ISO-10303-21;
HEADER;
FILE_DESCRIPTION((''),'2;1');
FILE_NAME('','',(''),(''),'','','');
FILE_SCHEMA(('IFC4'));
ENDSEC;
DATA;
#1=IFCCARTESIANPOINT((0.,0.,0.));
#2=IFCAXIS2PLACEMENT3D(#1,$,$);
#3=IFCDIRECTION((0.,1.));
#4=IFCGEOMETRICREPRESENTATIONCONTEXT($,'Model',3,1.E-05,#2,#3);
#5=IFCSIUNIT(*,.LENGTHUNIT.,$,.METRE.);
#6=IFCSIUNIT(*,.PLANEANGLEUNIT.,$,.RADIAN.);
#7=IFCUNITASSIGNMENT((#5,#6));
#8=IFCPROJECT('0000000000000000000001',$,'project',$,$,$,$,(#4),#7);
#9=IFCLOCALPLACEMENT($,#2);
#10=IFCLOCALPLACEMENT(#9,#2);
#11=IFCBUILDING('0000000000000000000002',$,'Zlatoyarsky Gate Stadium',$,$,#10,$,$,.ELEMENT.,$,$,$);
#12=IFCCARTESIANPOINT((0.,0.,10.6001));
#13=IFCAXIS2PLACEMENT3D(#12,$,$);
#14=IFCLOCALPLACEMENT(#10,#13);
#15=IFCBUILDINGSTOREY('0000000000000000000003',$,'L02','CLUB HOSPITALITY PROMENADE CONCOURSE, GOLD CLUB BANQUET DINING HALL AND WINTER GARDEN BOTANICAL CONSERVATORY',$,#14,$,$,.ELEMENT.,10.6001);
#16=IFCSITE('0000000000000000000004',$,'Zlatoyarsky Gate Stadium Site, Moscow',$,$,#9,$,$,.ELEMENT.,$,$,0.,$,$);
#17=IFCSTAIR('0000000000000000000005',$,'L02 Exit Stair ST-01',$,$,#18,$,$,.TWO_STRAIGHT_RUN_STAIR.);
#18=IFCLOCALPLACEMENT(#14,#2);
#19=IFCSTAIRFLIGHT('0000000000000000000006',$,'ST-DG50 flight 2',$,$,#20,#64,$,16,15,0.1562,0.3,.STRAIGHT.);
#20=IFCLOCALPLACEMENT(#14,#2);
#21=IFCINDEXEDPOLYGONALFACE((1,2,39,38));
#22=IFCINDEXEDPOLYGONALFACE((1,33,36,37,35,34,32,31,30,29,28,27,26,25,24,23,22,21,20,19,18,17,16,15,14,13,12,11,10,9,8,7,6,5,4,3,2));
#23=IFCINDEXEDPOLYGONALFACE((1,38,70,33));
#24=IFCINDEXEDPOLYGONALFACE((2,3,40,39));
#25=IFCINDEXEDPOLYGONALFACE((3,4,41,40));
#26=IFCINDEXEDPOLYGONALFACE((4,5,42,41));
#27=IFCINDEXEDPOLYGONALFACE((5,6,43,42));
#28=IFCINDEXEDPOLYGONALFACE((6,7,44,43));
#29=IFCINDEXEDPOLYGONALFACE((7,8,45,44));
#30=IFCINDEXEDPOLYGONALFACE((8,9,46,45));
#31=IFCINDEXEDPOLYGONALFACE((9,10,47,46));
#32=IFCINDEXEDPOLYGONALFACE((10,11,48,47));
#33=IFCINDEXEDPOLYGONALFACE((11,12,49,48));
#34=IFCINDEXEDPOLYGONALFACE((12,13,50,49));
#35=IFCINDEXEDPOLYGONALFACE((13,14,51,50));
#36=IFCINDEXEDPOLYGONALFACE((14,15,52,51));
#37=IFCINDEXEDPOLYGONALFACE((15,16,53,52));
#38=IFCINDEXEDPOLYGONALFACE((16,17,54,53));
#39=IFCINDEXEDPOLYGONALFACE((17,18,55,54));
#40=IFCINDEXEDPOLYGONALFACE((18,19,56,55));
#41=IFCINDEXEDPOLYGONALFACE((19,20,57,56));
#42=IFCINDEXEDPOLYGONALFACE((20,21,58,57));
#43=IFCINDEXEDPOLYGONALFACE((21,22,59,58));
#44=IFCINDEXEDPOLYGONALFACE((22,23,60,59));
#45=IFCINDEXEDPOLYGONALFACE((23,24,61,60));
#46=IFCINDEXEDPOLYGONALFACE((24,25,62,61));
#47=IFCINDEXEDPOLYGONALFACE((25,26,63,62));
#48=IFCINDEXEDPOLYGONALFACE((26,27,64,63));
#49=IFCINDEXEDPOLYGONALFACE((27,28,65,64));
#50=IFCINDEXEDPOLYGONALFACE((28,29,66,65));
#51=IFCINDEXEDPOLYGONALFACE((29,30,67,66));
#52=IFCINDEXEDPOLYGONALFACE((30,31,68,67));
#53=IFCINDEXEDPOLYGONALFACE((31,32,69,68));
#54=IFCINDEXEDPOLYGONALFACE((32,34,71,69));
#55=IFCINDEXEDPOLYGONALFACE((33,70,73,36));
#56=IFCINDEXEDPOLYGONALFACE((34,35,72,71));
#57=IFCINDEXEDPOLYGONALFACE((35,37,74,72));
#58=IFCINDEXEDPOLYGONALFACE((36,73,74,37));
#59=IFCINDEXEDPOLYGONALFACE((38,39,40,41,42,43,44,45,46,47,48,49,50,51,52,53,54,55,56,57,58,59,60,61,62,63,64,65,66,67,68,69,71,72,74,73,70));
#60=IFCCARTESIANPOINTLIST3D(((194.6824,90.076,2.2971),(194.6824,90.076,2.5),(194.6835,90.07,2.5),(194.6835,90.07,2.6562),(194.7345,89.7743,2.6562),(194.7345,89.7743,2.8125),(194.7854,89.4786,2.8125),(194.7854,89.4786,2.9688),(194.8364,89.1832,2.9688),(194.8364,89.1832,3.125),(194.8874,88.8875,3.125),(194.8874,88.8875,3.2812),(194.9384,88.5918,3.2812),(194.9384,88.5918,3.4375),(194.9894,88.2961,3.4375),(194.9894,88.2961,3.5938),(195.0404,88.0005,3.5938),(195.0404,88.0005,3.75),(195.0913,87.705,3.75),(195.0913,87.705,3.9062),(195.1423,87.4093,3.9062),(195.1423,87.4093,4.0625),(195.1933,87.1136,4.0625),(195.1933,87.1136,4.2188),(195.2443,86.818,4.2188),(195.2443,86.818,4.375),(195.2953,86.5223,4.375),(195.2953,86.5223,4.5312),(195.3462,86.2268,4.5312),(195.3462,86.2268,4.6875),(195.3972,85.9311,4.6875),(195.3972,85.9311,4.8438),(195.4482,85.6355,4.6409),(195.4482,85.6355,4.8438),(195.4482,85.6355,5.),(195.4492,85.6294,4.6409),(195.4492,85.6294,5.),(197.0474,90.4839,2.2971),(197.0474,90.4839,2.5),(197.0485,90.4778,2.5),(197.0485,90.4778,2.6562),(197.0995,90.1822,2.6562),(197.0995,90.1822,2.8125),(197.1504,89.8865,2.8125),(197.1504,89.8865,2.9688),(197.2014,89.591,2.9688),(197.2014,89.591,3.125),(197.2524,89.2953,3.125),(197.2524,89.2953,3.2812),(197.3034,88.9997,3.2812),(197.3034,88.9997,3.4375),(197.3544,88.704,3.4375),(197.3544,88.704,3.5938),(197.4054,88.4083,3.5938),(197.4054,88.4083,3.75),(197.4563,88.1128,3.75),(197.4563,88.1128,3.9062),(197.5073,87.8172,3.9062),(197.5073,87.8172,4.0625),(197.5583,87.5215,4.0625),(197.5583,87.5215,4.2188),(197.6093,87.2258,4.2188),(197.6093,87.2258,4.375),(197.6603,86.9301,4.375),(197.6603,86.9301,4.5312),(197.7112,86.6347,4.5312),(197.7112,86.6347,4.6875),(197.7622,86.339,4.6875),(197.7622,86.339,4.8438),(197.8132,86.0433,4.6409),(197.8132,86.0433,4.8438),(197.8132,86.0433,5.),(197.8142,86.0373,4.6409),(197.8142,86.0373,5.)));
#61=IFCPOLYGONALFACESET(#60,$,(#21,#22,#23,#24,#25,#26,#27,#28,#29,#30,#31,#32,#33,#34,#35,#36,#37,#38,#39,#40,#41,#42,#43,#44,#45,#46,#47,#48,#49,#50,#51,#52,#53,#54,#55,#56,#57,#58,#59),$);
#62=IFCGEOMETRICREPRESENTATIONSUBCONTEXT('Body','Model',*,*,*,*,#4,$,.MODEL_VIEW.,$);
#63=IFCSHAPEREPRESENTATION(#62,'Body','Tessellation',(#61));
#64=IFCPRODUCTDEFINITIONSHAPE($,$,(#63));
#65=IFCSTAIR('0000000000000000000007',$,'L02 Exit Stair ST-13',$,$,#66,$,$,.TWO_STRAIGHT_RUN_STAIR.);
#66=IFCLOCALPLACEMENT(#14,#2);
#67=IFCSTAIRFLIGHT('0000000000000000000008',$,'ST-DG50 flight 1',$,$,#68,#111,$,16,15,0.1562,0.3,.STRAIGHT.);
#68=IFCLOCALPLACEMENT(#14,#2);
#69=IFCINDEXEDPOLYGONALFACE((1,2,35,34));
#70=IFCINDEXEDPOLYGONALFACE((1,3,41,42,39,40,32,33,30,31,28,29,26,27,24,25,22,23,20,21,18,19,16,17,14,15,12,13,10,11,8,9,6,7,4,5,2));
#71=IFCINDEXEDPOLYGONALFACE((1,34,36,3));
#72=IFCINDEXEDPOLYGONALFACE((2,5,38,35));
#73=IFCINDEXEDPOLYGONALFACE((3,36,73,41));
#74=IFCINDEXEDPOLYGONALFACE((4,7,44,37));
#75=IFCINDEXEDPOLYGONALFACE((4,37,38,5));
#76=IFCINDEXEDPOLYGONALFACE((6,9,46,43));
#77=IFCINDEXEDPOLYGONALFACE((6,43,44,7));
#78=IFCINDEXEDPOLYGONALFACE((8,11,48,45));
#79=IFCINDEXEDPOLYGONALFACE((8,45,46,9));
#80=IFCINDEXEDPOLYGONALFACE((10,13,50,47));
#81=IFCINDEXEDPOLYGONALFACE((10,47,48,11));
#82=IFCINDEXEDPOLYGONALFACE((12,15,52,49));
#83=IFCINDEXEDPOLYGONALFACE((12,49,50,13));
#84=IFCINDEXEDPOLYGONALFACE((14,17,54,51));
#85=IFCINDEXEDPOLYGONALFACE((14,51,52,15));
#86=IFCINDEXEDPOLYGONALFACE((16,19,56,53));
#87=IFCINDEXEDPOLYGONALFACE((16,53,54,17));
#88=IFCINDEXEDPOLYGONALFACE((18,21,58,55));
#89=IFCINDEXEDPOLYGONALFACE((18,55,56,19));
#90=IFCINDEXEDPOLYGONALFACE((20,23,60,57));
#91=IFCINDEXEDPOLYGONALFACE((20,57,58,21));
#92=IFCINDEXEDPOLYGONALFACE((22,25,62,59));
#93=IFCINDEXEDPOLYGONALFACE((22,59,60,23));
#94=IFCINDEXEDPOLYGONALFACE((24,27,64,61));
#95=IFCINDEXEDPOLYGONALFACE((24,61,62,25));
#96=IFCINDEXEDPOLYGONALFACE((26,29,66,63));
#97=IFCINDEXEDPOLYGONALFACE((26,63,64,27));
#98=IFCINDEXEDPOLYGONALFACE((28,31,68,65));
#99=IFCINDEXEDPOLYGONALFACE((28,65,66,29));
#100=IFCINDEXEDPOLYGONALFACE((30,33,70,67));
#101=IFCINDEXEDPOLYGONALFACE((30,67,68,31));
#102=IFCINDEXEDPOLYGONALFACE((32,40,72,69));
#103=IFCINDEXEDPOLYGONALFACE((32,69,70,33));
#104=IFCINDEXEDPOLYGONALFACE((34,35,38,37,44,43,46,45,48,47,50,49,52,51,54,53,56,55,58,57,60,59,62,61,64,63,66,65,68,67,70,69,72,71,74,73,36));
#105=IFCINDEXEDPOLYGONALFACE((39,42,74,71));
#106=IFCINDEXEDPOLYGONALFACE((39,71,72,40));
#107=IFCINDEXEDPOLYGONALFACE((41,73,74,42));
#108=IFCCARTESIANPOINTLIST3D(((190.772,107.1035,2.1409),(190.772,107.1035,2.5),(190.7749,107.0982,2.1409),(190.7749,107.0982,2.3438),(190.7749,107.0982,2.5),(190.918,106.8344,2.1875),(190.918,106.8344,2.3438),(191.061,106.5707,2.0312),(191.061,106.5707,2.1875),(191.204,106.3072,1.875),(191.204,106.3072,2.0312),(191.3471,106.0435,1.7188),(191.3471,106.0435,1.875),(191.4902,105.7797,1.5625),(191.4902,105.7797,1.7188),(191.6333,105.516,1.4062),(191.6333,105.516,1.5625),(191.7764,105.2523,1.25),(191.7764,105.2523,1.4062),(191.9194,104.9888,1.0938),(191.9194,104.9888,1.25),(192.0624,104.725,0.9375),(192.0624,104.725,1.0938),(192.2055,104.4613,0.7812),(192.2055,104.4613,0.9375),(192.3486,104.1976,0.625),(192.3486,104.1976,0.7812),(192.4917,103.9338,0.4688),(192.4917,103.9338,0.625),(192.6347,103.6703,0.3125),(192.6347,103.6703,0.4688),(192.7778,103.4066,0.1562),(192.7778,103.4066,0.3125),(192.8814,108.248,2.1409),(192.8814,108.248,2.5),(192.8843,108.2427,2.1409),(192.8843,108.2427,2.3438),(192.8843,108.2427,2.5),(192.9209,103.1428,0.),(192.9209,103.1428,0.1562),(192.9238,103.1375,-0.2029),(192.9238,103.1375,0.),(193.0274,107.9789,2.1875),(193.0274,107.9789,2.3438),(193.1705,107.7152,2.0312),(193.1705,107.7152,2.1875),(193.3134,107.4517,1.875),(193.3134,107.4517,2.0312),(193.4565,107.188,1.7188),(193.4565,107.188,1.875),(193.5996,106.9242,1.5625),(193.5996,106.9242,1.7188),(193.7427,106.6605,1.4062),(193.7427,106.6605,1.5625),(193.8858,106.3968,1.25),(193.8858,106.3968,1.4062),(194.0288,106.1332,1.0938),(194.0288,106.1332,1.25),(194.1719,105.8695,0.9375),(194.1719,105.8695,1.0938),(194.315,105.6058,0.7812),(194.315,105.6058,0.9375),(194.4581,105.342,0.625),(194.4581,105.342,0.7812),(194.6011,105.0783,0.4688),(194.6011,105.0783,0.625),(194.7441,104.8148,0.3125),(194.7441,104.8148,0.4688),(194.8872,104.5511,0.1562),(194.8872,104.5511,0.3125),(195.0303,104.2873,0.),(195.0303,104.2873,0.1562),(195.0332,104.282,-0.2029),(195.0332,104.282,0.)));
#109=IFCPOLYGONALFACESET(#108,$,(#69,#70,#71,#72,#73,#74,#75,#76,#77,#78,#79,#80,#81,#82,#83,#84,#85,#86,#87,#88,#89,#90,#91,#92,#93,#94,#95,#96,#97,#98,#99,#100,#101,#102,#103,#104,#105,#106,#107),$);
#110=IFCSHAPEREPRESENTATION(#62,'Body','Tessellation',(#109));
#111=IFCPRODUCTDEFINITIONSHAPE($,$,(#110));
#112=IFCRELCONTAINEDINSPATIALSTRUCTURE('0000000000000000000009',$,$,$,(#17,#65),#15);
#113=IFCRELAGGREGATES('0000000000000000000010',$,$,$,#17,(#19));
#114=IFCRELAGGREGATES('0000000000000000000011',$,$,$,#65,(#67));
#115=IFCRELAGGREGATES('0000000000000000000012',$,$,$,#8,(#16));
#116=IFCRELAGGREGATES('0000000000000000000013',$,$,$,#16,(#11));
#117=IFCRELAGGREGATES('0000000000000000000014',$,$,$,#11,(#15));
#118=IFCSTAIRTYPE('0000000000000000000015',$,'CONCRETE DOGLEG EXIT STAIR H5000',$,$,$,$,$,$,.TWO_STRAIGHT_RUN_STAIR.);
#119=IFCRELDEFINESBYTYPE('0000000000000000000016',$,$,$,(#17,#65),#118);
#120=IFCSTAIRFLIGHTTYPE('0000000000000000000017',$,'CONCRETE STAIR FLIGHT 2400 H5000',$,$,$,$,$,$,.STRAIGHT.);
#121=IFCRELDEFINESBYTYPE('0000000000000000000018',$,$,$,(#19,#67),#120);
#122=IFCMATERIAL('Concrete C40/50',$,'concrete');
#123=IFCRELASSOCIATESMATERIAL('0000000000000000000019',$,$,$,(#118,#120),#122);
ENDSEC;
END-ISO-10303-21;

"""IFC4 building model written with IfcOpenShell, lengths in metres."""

from ifc_helpers import new_model, si_unit, direction, frame, origin, place, context, subcontext, project, spatial, polyline, outline, extrude, material, type_object, element, aggregate, save


model = new_model("IFC4")

# Units and contexts
model_context = context("Model", 3, precision=1e-05, world=origin(), true_north=direction((0.0, 1.0)))
body_context = subcontext(model_context, "Body", "Model", "MODEL_VIEW")
ifc_project = project(units=[si_unit("LENGTHUNIT", "METRE"), si_unit("PLANEANGLEUNIT", "RADIAN")], contexts=[model_context])

# Site, building, storey
site_placement = place(None, origin())
site = spatial("IfcSite", under=ifc_project, at=site_placement, Name="Zlatoyarsky Gate Stadium Site, Moscow", CompositionType="ELEMENT", RefElevation=0.0)
building_placement = place(site_placement, origin())
building = spatial("IfcBuilding", under=site, at=building_placement, Name="Zlatoyarsky Gate Stadium", CompositionType="ELEMENT")
storey_placement = place(building_placement, frame((0.0, 0.0, 10.6001)))
storey = spatial("IfcBuildingStorey", under=building, at=storey_placement, Name="L02", Description="CLUB HOSPITALITY PROMENADE CONCOURSE, GOLD CLUB BANQUET DINING HALL AND WINTER GARDEN BOTANICAL CONSERVATORY", CompositionType="ELEMENT", Elevation=10.6001)

# Shared definitions
ifc_material_1 = material(Name="Concrete C40/50", Category="concrete")

# Stairs, stair flights
stair_type = type_object("IfcStairType", Name="CONCRETE DOGLEG EXIT STAIR H5000", PredefinedType="TWO_STRAIGHT_RUN_STAIR", material=ifc_material_1)
stair_1_placement = place(storey_placement, origin())
stair_1 = element("IfcStair", 1, at=stair_1_placement, inside=storey, type_object=stair_type, Name="L02 Exit Stair ST-01", PredefinedType="TWO_STRAIGHT_RUN_STAIR")
stair_flight_type = type_object("IfcStairFlightType", Name="CONCRETE STAIR FLIGHT 2400 H5000", PredefinedType="STRAIGHT", material=ifc_material_1)
stair_flight_1_placement = place(storey_placement, frame((195.866, 90.2739, 2.5), z_axis=(0.0, 0.0, 1.0), x_axis=(0.169938, -0.985455, 0.0)))
stair_flight_1 = element("IfcStairFlight", 2, at=stair_flight_1_placement, type_object=stair_flight_type, Name="ST-DG50 flight 2", NumberOfRisers=16, NumberOfTreads=15, PredefinedType="STRAIGHT", RiserHeight=0.1562, TreadLength=0.3, context=body_context, shape_type="SweptSolid", body=[
    extrude(outline(polyline([(-0.0061, -0.2029), (-0.0061, 0.0), (0.0, 0.0), (0.0, 0.1562), (0.3, 0.1562), (0.3, 0.3125), (0.6001, 0.3125), (0.6001, 0.4688), (0.8999, 0.4688), (0.8999, 0.625), (1.2, 0.625), (1.2, 0.7812), (1.5, 0.7812), (1.5, 0.9375), (1.8, 0.9375), (1.8, 1.0938), (2.1001, 1.0938), (2.1001, 1.25), (2.3999, 1.25), (2.3999, 1.4062), (2.7, 1.4062), (2.7, 1.5625), (3.0, 1.5625), (3.0, 1.7188), (3.3, 1.7188), (3.3, 1.875), (3.6001, 1.875), (3.6001, 2.0312), (3.8999, 2.0312), (3.8999, 2.1875), (4.2, 2.1875), (4.2, 2.3438), (4.5, 2.3438), (4.5, 2.5), (4.5061, 2.5), (4.5061, 2.1409), (4.5, 2.1409), (-0.0061, -0.2029)])), frame((0.0, 1.2, 0.0), z_axis=(0.0, -1.0, 0.0), x_axis=(1.0, 0.0, 0.0)), (0.0, 0.0, 1.0), 2.3999),
])
aggregate(stair_1, [stair_flight_1])
stair_2_placement = place(storey_placement, origin())
stair_2 = element("IfcStair", 3, at=stair_2_placement, inside=storey, type_object=stair_type, Name="L02 Exit Stair ST-13", PredefinedType="TWO_STRAIGHT_RUN_STAIR")
stair_flight_2_placement = place(storey_placement, frame((193.9756, 103.7151, 0.0), z_axis=(0.0, 0.0, 1.0), x_axis=(-0.47689, 0.878963, 0.0)))
stair_flight_2 = element("IfcStairFlight", 4, at=stair_flight_2_placement, type_object=stair_flight_type, Name="ST-DG50 flight 1", NumberOfRisers=16, NumberOfTreads=15, PredefinedType="STRAIGHT", RiserHeight=0.1562, TreadLength=0.3, context=body_context, shape_type="SweptSolid", body=[
    extrude(outline(polyline([(-0.0061, -0.2029), (-0.0061, 0.0), (0.0, 0.0), (0.0, 0.1562), (0.3, 0.1562), (0.3, 0.3125), (0.6001, 0.3125), (0.6001, 0.4688), (0.8999, 0.4688), (0.8999, 0.625), (1.2, 0.625), (1.2, 0.7812), (1.5, 0.7812), (1.5, 0.9375), (1.8, 0.9375), (1.8, 1.0938), (2.1001, 1.0938), (2.1001, 1.25), (2.3999, 1.25), (2.3999, 1.4062), (2.7, 1.4062), (2.7, 1.5625), (3.0, 1.5625), (3.0, 1.7188), (3.3, 1.7188), (3.3, 1.875), (3.6001, 1.875), (3.6001, 2.0312), (3.8999, 2.0312), (3.8999, 2.1875), (4.2, 2.1875), (4.2, 2.3438), (4.5, 2.3438), (4.5, 2.5), (4.5061, 2.5), (4.5061, 2.1409), (4.5, 2.1409), (-0.0061, -0.2029)])), frame((0.0, 1.2, 0.0), z_axis=(0.0, -1.0, 0.0), x_axis=(1.0, 0.0, 0.0)), (0.0, 0.0, 1.0), 2.3999),
])
aggregate(stair_2, [stair_flight_2])

save(model, "model.ifc")
